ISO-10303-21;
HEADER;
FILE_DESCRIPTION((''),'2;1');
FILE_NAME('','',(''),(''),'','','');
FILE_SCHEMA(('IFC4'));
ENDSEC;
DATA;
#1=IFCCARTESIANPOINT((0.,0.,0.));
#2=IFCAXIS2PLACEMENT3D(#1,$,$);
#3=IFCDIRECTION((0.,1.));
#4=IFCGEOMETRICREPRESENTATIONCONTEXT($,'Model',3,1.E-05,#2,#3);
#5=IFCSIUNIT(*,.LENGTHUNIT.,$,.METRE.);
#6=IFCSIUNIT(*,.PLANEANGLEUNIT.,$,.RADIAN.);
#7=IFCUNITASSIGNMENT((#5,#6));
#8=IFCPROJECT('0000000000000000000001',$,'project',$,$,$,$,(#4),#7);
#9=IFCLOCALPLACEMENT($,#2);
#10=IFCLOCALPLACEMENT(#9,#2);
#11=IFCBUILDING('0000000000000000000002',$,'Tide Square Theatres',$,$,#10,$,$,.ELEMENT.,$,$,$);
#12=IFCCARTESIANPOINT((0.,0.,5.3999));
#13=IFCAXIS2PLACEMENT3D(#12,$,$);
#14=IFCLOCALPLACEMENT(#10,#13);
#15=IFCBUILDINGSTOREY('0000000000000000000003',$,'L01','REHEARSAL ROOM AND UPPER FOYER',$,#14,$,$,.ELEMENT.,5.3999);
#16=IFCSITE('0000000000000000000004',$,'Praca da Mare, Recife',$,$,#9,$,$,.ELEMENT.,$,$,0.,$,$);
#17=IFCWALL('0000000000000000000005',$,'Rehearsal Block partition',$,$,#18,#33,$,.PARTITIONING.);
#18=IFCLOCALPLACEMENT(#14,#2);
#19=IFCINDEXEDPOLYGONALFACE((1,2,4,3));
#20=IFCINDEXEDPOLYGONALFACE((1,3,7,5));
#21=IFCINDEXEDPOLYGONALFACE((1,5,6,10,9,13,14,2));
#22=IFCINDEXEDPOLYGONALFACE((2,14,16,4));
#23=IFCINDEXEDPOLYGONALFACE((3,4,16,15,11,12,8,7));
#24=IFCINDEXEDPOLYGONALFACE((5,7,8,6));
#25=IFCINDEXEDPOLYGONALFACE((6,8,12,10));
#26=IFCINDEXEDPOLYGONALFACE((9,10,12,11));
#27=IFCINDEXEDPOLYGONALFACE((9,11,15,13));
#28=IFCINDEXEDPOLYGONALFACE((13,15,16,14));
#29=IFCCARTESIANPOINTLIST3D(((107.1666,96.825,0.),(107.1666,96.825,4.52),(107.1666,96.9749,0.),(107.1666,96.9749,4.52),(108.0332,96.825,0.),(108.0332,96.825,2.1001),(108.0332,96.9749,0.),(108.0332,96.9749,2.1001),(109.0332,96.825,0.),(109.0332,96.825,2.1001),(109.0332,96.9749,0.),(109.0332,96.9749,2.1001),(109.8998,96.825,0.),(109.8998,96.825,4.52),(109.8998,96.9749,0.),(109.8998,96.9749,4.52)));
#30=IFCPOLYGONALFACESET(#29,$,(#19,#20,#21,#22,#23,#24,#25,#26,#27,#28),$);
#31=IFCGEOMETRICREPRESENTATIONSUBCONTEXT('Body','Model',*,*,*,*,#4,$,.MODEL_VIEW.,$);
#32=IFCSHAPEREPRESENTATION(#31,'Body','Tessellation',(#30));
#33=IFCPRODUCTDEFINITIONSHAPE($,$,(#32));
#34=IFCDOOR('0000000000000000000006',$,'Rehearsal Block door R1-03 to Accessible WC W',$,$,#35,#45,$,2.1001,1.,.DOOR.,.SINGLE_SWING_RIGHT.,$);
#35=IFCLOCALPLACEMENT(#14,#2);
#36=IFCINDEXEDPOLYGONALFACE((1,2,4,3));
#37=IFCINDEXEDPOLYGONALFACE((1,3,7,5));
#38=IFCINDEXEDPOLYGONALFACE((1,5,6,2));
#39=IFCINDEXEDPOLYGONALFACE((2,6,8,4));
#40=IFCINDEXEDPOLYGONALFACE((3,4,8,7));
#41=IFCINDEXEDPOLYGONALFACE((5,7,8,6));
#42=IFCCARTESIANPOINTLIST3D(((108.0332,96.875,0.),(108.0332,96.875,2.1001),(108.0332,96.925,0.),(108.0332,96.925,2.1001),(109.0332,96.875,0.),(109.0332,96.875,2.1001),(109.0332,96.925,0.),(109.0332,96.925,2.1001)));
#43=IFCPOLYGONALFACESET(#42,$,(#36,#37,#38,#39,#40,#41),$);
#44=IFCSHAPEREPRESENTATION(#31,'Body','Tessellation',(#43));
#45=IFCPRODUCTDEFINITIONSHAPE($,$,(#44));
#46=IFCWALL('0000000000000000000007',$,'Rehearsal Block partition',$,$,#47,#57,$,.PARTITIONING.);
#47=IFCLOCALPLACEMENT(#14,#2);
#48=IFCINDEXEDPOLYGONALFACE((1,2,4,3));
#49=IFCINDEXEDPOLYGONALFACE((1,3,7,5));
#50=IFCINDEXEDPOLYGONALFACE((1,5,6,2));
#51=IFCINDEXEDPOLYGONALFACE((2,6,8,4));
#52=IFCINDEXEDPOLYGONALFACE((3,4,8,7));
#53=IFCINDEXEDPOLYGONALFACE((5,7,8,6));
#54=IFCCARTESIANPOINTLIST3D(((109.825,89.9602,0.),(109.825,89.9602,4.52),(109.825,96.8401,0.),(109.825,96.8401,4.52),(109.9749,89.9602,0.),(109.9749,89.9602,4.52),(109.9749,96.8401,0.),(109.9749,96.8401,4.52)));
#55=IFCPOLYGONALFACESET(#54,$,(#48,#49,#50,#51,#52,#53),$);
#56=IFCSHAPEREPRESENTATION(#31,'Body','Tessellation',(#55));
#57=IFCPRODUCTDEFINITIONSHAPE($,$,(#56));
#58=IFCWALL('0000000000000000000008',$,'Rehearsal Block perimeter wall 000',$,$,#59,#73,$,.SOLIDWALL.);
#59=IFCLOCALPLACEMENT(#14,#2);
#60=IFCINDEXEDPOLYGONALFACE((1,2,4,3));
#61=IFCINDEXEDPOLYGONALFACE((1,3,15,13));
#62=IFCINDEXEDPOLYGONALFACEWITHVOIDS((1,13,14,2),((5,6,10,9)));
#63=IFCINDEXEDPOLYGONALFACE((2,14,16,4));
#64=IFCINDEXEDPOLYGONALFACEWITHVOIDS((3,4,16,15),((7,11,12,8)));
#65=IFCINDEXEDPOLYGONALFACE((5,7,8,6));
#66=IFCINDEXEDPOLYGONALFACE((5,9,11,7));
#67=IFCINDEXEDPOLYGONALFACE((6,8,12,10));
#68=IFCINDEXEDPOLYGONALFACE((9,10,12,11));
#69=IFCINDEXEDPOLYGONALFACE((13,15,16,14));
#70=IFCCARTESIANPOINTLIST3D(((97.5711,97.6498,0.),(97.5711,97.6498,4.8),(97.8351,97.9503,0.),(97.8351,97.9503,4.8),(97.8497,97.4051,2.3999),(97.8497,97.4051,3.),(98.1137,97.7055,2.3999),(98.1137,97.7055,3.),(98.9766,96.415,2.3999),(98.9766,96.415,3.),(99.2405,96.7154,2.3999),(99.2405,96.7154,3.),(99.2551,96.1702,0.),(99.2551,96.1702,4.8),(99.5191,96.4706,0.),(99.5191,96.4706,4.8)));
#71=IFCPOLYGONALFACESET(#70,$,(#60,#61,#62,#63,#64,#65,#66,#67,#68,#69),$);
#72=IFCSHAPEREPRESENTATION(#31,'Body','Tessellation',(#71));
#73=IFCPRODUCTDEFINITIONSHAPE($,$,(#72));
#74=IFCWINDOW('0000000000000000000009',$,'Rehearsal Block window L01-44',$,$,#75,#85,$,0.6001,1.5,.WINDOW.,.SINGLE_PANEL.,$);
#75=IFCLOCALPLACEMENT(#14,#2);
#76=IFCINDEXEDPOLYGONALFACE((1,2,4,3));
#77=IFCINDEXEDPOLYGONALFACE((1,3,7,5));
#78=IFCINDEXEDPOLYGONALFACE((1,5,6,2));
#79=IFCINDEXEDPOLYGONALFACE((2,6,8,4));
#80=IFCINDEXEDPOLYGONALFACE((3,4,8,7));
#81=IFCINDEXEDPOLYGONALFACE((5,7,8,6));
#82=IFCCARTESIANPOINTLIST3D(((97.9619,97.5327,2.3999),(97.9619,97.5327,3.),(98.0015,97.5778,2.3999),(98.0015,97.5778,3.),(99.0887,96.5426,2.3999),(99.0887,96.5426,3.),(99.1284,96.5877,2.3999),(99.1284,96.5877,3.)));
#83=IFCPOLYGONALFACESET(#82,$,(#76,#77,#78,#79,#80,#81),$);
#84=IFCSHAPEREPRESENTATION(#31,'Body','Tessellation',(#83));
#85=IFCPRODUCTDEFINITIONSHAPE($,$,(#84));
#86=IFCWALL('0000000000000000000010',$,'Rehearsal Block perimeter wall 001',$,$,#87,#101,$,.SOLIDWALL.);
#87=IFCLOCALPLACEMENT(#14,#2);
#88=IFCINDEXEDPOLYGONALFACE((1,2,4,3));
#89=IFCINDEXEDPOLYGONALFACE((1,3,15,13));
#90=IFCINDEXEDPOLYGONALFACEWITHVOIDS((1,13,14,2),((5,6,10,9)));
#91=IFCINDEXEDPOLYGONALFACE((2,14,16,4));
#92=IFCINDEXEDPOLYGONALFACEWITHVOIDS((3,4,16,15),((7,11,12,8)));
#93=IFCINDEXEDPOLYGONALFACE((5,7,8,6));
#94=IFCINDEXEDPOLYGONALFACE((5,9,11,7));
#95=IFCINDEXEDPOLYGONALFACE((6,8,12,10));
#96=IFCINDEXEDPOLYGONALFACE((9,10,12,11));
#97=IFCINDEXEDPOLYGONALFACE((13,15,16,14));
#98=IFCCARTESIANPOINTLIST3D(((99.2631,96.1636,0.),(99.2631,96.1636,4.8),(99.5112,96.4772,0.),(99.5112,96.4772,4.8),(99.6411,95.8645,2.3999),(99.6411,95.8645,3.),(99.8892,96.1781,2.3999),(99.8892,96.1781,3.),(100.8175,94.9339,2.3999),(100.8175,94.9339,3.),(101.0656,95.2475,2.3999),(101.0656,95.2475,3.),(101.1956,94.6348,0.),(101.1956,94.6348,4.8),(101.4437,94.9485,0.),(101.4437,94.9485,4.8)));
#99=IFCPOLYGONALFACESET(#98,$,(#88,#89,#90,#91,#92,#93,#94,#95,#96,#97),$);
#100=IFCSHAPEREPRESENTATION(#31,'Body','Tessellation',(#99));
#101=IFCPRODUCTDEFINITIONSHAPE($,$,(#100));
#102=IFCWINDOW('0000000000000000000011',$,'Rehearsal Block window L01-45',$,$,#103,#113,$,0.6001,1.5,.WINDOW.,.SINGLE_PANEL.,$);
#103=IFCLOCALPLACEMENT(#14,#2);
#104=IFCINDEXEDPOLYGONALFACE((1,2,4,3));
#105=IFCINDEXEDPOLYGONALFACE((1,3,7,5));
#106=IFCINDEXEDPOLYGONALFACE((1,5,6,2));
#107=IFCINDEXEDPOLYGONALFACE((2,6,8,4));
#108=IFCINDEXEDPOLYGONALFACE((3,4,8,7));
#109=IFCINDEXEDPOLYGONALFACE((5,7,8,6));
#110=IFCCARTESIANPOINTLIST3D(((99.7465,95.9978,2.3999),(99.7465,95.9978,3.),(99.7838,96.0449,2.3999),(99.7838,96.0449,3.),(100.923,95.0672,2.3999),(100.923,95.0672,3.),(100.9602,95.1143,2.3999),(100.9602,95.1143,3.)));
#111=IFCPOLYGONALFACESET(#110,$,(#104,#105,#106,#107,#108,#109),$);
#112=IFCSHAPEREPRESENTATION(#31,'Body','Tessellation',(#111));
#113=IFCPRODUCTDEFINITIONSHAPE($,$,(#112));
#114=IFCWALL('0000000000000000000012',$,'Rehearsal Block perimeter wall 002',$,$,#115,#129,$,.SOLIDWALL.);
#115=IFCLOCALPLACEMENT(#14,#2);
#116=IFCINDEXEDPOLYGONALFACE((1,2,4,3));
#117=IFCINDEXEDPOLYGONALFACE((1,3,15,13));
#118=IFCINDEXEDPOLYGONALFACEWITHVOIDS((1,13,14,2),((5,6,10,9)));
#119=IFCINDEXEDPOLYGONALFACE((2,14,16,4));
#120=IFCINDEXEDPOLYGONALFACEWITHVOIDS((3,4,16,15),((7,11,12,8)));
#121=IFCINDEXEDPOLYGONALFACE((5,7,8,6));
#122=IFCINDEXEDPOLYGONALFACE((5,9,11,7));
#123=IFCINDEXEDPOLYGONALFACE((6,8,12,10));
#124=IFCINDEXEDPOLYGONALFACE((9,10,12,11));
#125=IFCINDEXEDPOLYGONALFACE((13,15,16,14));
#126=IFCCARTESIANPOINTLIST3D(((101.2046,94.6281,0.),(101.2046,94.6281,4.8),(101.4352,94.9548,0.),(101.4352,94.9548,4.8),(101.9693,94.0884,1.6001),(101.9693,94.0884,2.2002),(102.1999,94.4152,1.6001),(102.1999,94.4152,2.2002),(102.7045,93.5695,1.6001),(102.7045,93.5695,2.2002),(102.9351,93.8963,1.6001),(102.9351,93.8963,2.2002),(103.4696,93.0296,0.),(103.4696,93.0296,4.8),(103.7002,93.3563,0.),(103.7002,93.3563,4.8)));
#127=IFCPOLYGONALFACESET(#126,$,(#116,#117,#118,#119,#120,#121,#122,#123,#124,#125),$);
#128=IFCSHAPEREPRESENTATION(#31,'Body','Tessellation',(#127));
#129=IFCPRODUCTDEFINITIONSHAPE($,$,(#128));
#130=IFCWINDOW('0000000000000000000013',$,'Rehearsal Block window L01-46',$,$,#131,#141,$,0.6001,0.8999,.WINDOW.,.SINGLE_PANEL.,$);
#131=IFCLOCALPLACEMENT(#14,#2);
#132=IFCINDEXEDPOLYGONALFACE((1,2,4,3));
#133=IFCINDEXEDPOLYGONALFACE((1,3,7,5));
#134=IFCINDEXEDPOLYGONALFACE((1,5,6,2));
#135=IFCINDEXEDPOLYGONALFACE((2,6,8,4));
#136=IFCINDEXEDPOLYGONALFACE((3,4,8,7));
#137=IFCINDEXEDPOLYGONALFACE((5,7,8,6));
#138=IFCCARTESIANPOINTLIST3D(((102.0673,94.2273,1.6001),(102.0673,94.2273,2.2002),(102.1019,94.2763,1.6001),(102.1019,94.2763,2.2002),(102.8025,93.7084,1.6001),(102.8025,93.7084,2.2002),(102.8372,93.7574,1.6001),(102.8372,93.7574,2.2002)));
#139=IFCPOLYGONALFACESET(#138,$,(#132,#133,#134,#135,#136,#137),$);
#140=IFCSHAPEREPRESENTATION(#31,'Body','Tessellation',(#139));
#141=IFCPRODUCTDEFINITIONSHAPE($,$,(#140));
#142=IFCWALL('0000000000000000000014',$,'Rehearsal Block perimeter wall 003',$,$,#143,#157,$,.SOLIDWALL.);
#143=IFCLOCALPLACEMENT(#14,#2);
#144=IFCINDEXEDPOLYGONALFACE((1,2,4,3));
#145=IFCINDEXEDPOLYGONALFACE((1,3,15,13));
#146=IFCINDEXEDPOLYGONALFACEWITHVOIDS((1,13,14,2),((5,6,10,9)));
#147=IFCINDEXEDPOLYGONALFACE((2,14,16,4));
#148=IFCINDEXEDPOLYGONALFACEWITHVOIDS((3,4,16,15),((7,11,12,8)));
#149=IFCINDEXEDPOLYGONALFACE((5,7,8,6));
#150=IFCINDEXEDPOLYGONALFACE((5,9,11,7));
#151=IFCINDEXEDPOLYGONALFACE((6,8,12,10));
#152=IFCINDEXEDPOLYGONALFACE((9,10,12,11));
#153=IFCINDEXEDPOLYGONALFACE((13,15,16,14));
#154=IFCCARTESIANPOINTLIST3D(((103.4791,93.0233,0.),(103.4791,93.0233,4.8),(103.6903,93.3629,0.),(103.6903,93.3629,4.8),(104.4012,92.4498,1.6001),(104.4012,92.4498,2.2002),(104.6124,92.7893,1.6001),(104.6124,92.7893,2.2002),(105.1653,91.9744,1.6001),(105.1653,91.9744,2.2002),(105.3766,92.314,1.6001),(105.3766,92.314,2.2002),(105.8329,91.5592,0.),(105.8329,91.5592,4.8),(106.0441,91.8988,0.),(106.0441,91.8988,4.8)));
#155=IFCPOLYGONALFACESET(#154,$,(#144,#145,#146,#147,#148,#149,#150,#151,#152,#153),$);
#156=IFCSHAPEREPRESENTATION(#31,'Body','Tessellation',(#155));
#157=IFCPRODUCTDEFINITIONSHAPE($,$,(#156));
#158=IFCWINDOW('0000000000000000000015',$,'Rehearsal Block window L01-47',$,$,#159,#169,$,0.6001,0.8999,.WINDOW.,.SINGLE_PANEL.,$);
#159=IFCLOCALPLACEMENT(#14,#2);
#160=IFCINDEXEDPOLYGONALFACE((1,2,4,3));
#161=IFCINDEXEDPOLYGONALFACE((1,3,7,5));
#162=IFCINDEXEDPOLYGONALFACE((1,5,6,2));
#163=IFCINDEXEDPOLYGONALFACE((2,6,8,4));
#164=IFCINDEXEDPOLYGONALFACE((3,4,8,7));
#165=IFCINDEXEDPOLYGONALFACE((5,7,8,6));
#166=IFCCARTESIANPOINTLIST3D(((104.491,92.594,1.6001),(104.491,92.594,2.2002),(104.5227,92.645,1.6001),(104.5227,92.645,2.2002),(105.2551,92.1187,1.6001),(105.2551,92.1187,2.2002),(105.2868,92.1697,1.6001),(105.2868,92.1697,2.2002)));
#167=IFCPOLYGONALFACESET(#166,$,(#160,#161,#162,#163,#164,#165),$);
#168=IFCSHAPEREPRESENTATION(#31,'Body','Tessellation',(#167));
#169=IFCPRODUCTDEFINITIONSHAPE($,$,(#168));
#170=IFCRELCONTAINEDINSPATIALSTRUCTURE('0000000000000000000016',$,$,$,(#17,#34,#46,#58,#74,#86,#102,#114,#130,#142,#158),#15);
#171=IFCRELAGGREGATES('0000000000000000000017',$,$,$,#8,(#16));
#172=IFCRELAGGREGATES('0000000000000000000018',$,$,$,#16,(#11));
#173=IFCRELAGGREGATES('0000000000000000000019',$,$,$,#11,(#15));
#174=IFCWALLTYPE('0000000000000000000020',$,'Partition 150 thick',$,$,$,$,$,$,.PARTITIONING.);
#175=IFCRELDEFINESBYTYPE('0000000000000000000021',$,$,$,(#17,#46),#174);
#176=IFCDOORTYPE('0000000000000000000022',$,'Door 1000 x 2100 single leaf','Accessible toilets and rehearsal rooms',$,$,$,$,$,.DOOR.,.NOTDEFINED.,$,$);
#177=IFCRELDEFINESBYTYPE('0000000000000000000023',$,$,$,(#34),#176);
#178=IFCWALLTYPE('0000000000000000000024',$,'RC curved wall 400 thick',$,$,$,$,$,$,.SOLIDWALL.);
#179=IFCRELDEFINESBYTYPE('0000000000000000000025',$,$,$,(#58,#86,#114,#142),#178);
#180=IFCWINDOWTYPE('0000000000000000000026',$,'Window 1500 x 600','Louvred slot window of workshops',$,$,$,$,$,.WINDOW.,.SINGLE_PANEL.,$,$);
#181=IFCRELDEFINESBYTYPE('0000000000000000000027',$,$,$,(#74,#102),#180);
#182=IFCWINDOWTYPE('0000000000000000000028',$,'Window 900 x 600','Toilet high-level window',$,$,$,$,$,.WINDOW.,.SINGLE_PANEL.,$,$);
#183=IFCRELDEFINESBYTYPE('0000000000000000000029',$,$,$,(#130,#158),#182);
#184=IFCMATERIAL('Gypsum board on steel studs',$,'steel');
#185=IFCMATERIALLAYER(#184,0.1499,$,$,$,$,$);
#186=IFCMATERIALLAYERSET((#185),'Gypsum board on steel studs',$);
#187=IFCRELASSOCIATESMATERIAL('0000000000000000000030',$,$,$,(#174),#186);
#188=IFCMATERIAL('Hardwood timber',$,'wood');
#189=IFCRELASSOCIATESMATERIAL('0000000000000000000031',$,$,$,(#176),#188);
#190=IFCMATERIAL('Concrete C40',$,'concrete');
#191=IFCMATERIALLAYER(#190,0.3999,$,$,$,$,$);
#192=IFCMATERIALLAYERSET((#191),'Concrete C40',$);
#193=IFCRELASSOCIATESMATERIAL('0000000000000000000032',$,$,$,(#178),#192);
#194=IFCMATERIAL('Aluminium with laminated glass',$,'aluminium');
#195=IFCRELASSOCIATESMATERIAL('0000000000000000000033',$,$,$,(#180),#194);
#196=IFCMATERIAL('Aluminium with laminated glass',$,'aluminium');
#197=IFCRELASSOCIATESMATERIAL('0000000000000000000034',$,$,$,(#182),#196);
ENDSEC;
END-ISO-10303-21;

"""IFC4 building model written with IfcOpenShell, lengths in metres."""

from ifc_helpers import new_model, si_unit, direction, frame, frame_2d, origin, place, context, subcontext, project, spatial, rectangle, extrude, material, layer, layer_set, type_object, element, fill, save


model = new_model("IFC4")

# Units and contexts
model_context = context("Model", 3, precision=1e-05, world=origin(), true_north=direction((0.0, 1.0)))
body_context = subcontext(model_context, "Body", "Model", "MODEL_VIEW")
ifc_project = project(units=[si_unit("LENGTHUNIT", "METRE"), si_unit("PLANEANGLEUNIT", "RADIAN")], contexts=[model_context])

# Site, building, storey
site_placement = place(None, origin())
site = spatial("IfcSite", under=ifc_project, at=site_placement, Name="Praca da Mare, Recife", CompositionType="ELEMENT", RefElevation=0.0)
building_placement = place(site_placement, origin())
building = spatial("IfcBuilding", under=site, at=building_placement, Name="Tide Square Theatres", CompositionType="ELEMENT")
storey_placement = place(building_placement, frame((0.0, 0.0, 5.3999)))
storey = spatial("IfcBuildingStorey", under=building, at=storey_placement, Name="L01", Description="REHEARSAL ROOM AND UPPER FOYER", CompositionType="ELEMENT", Elevation=5.3999)

# Shared definitions
ifc_material_1 = material(Name="Gypsum board on steel studs", Category="steel")
ifc_layer_1 = layer(ifc_material_1, 0.1499)
ifc_layer_set_1 = layer_set([ifc_layer_1], Name="Gypsum board on steel studs")
wall_type_1 = type_object("IfcWallType", Name="Partition 150 thick", PredefinedType="PARTITIONING", material=ifc_layer_set_1)

# Wall, opening, door
wall_1_placement = place(storey_placement, frame((109.8999, 96.8999, 0.0), z_axis=(0.0, 0.0, 1.0), x_axis=(-1.0, 0.0, 0.0)))
wall_1 = element("IfcWall", 1, at=wall_1_placement, inside=storey, type_object=wall_type_1, Name="Rehearsal Block partition", PredefinedType="PARTITIONING", context=body_context, shape_type="SweptSolid", body=[
    extrude(rectangle(XDim=2.7332, YDim=0.1499, at=frame_2d((1.3667, 0.0))), origin(), (0.0, 0.0, 1.0), 4.52),
])
opening_1_placement = place(wall_1_placement, frame((0.8667, 0.0, 0.0)))
opening_1 = element("IfcOpeningElement", 2, at=opening_1_placement, cuts=wall_1, PredefinedType="OPENING", context=body_context, shape_type="SweptSolid", body=[
    extrude(rectangle(XDim=1.0, YDim=2.1001, at=frame_2d((0.5, 1.05))), frame((0.0, 0.085, 0.0), z_axis=(0.0, -1.0, 0.0), x_axis=(1.0, 0.0, 0.0)), (0.0, 0.0, 1.0), 0.1699),
])
ifc_material_2 = material(Name="Hardwood timber", Category="wood")
door_type_1 = type_object("IfcDoorType", Name="Door 1000 x 2100 single leaf", Description="Accessible toilets and rehearsal rooms", OperationType="NOTDEFINED", PredefinedType="DOOR", material=ifc_material_2)
door_1_placement = place(opening_1_placement, origin())
door_1 = element("IfcDoor", 3, at=door_1_placement, inside=storey, type_object=door_type_1, Name="Rehearsal Block door R1-03 to Accessible WC W", OperationType="SINGLE_SWING_RIGHT", OverallHeight=2.1001, OverallWidth=1.0, PredefinedType="DOOR", context=body_context, shape_type="SweptSolid", body=[
    extrude(rectangle(XDim=1.0, YDim=2.1001, at=frame_2d((0.5, 1.05))), frame((0.0, 0.0249, 0.0), z_axis=(0.0, -1.0, 0.0), x_axis=(1.0, 0.0, 0.0)), (0.0, 0.0, 1.0), 0.05),
])
fill(opening_1, door_1)

# Wall
wall_2_placement = place(storey_placement, frame((109.8999, 96.8401, 0.0), z_axis=(0.0, 0.0, 1.0), x_axis=(0.0, -1.0, 0.0)))
element("IfcWall", 4, at=wall_2_placement, inside=storey, type_object=wall_type_1, Name="Rehearsal Block partition", PredefinedType="PARTITIONING", context=body_context, shape_type="SweptSolid", body=[
    extrude(rectangle(XDim=6.8799, YDim=0.1499, at=frame_2d((3.4399, 0.0))), origin(), (0.0, 0.0, 1.0), 4.52),
])

# Walls, openings, windows
ifc_material_3 = material(Name="Concrete C40", Category="concrete")
ifc_layer_2 = layer(ifc_material_3, 0.3999)
ifc_layer_set_2 = layer_set([ifc_layer_2], Name="Concrete C40")
wall_type_2 = type_object("IfcWallType", Name="RC curved wall 400 thick", PredefinedType="SOLIDWALL", material=ifc_layer_set_2)
wall_3_placement = place(storey_placement, frame((97.7031, 97.8, 0.0), z_axis=(0.0, 0.0, 1.0), x_axis=(0.751212, -0.660061, 0.0)))
wall_3 = element("IfcWall", 5, at=wall_3_placement, inside=storey, type_object=wall_type_2, Name="Rehearsal Block perimeter wall 000", PredefinedType="SOLIDWALL", context=body_context, shape_type="SweptSolid", body=[
    extrude(rectangle(XDim=2.2417, YDim=0.3999, at=frame_2d((1.1208, 0.0))), origin(), (0.0, 0.0, 1.0), 4.8),
])
opening_2_placement = place(wall_3_placement, frame((0.3708, 0.0, 2.3999)))
opening_2 = element("IfcOpeningElement", 6, at=opening_2_placement, cuts=wall_3, PredefinedType="OPENING", context=body_context, shape_type="SweptSolid", body=[
    extrude(rectangle(XDim=1.5, YDim=0.6001, at=frame_2d((0.75, 0.3))), frame((0.0, 0.21, 0.0), z_axis=(0.0, -1.0, 0.0), x_axis=(1.0, 0.0, 0.0)), (0.0, 0.0, 1.0), 0.4199),
])
ifc_material_4 = material(Name="Aluminium with laminated glass", Category="aluminium")
window_type_1 = type_object("IfcWindowType", Name="Window 1500 x 600", Description="Louvred slot window of workshops", PartitioningType="SINGLE_PANEL", PredefinedType="WINDOW", material=ifc_material_4)
window_1_placement = place(opening_2_placement, origin())
window_1 = element("IfcWindow", 7, at=window_1_placement, inside=storey, type_object=window_type_1, Name="Rehearsal Block window L01-44", OverallHeight=0.6001, OverallWidth=1.5, PartitioningType="SINGLE_PANEL", PredefinedType="WINDOW", context=body_context, shape_type="SweptSolid", body=[
    extrude(rectangle(XDim=1.5, YDim=0.6001, at=frame_2d((0.75, 0.3))), frame((0.0, 0.03, 0.0), z_axis=(0.0, -1.0, 0.0), x_axis=(1.0, 0.0, 0.0)), (0.0, 0.0, 1.0), 0.0601),
])
fill(opening_2, window_1)
wall_4_placement = place(storey_placement, frame((99.3872, 96.3203, 0.0), z_axis=(0.0, 0.0, 1.0), x_axis=(0.784279, -0.620409, 0.0)))
wall_4 = element("IfcWall", 8, at=wall_4_placement, inside=storey, type_object=wall_type_2, Name="Rehearsal Block perimeter wall 001", PredefinedType="SOLIDWALL", context=body_context, shape_type="SweptSolid", body=[
    extrude(rectangle(XDim=2.4641, YDim=0.3999, at=frame_2d((1.2319, 0.0))), origin(), (0.0, 0.0, 1.0), 4.8),
])
opening_3_placement = place(wall_4_placement, frame((0.4819, 0.0, 2.3999)))
opening_3 = element("IfcOpeningElement", 9, at=opening_3_placement, cuts=wall_4, PredefinedType="OPENING", context=body_context, shape_type="SweptSolid", body=[
    extrude(rectangle(XDim=1.5, YDim=0.6001, at=frame_2d((0.75, 0.3))), frame((0.0, 0.21, 0.0), z_axis=(0.0, -1.0, 0.0), x_axis=(1.0, 0.0, 0.0)), (0.0, 0.0, 1.0), 0.4199),
])
window_2_placement = place(opening_3_placement, origin())
window_2 = element("IfcWindow", 10, at=window_2_placement, inside=storey, type_object=window_type_1, Name="Rehearsal Block window L01-45", OverallHeight=0.6001, OverallWidth=1.5, PartitioningType="SINGLE_PANEL", PredefinedType="WINDOW", context=body_context, shape_type="SweptSolid", body=[
    extrude(rectangle(XDim=1.5, YDim=0.6001, at=frame_2d((0.75, 0.3))), frame((0.0, 0.03, 0.0), z_axis=(0.0, -1.0, 0.0), x_axis=(1.0, 0.0, 0.0)), (0.0, 0.0, 1.0), 0.0601),
])
fill(opening_3, window_2)
wall_5_placement = place(storey_placement, frame((101.3198, 94.7915, 0.0), z_axis=(0.0, 0.0, 1.0), x_axis=(0.817029, -0.576597, 0.0)))
wall_5 = element("IfcWall", 11, at=wall_5_placement, inside=storey, type_object=wall_type_2, Name="Rehearsal Block perimeter wall 002", PredefinedType="SOLIDWALL", context=body_context, shape_type="SweptSolid", body=[
    extrude(rectangle(XDim=2.7722, YDim=0.3999, at=frame_2d((1.3862, 0.0))), origin(), (0.0, 0.0, 1.0), 4.8),
])
opening_4_placement = place(wall_5_placement, frame((0.936, 0.0, 1.6001)))
opening_4 = element("IfcOpeningElement", 12, at=opening_4_placement, cuts=wall_5, PredefinedType="OPENING", context=body_context, shape_type="SweptSolid", body=[
    extrude(rectangle(XDim=0.8999, YDim=0.6001, at=frame_2d((0.45, 0.3))), frame((0.0, 0.21, 0.0), z_axis=(0.0, -1.0, 0.0), x_axis=(1.0, 0.0, 0.0)), (0.0, 0.0, 1.0), 0.4199),
])
ifc_material_5 = material(Name="Aluminium with laminated glass", Category="aluminium")
window_type_2 = type_object("IfcWindowType", Name="Window 900 x 600", Description="Toilet high-level window", PartitioningType="SINGLE_PANEL", PredefinedType="WINDOW", material=ifc_material_5)
window_3_placement = place(opening_4_placement, origin())
window_3 = element("IfcWindow", 13, at=window_3_placement, inside=storey, type_object=window_type_2, Name="Rehearsal Block window L01-46", OverallHeight=0.6001, OverallWidth=0.8999, PartitioningType="SINGLE_PANEL", PredefinedType="WINDOW", context=body_context, shape_type="SweptSolid", body=[
    extrude(rectangle(XDim=0.8999, YDim=0.6001, at=frame_2d((0.45, 0.3))), frame((0.0, 0.03, 0.0), z_axis=(0.0, -1.0, 0.0), x_axis=(1.0, 0.0, 0.0)), (0.0, 0.0, 1.0), 0.0601),
])
fill(opening_4, window_3)
wall_6_placement = place(storey_placement, frame((103.5847, 93.1931, 0.0), z_axis=(0.0, 0.0, 1.0), x_axis=(0.849129, -0.528185, 0.0)))
wall_6 = element("IfcWall", 14, at=wall_6_placement, inside=storey, type_object=wall_type_2, Name="Rehearsal Block perimeter wall 003", PredefinedType="SOLIDWALL", context=body_context, shape_type="SweptSolid", body=[
    extrude(rectangle(XDim=2.772, YDim=0.3999, at=frame_2d((1.386, 0.0))), origin(), (0.0, 0.0, 1.0), 4.8),
])
opening_5_placement = place(wall_6_placement, frame((1.0859, 0.0, 1.6001)))
opening_5 = element("IfcOpeningElement", 15, at=opening_5_placement, cuts=wall_6, PredefinedType="OPENING", context=body_context, shape_type="SweptSolid", body=[
    extrude(rectangle(XDim=0.8999, YDim=0.6001, at=frame_2d((0.45, 0.3))), frame((0.0, 0.21, 0.0), z_axis=(0.0, -1.0, 0.0), x_axis=(1.0, 0.0, 0.0)), (0.0, 0.0, 1.0), 0.4199),
])
window_4_placement = place(opening_5_placement, origin())
window_4 = element("IfcWindow", 16, at=window_4_placement, inside=storey, type_object=window_type_2, Name="Rehearsal Block window L01-47", OverallHeight=0.6001, OverallWidth=0.8999, PartitioningType="SINGLE_PANEL", PredefinedType="WINDOW", context=body_context, shape_type="SweptSolid", body=[
    extrude(rectangle(XDim=0.8999, YDim=0.6001, at=frame_2d((0.45, 0.3))), frame((0.0, 0.03, 0.0), z_axis=(0.0, -1.0, 0.0), x_axis=(1.0, 0.0, 0.0)), (0.0, 0.0, 1.0), 0.0601),
])
fill(opening_5, window_4)

save(model, "model.ifc")
